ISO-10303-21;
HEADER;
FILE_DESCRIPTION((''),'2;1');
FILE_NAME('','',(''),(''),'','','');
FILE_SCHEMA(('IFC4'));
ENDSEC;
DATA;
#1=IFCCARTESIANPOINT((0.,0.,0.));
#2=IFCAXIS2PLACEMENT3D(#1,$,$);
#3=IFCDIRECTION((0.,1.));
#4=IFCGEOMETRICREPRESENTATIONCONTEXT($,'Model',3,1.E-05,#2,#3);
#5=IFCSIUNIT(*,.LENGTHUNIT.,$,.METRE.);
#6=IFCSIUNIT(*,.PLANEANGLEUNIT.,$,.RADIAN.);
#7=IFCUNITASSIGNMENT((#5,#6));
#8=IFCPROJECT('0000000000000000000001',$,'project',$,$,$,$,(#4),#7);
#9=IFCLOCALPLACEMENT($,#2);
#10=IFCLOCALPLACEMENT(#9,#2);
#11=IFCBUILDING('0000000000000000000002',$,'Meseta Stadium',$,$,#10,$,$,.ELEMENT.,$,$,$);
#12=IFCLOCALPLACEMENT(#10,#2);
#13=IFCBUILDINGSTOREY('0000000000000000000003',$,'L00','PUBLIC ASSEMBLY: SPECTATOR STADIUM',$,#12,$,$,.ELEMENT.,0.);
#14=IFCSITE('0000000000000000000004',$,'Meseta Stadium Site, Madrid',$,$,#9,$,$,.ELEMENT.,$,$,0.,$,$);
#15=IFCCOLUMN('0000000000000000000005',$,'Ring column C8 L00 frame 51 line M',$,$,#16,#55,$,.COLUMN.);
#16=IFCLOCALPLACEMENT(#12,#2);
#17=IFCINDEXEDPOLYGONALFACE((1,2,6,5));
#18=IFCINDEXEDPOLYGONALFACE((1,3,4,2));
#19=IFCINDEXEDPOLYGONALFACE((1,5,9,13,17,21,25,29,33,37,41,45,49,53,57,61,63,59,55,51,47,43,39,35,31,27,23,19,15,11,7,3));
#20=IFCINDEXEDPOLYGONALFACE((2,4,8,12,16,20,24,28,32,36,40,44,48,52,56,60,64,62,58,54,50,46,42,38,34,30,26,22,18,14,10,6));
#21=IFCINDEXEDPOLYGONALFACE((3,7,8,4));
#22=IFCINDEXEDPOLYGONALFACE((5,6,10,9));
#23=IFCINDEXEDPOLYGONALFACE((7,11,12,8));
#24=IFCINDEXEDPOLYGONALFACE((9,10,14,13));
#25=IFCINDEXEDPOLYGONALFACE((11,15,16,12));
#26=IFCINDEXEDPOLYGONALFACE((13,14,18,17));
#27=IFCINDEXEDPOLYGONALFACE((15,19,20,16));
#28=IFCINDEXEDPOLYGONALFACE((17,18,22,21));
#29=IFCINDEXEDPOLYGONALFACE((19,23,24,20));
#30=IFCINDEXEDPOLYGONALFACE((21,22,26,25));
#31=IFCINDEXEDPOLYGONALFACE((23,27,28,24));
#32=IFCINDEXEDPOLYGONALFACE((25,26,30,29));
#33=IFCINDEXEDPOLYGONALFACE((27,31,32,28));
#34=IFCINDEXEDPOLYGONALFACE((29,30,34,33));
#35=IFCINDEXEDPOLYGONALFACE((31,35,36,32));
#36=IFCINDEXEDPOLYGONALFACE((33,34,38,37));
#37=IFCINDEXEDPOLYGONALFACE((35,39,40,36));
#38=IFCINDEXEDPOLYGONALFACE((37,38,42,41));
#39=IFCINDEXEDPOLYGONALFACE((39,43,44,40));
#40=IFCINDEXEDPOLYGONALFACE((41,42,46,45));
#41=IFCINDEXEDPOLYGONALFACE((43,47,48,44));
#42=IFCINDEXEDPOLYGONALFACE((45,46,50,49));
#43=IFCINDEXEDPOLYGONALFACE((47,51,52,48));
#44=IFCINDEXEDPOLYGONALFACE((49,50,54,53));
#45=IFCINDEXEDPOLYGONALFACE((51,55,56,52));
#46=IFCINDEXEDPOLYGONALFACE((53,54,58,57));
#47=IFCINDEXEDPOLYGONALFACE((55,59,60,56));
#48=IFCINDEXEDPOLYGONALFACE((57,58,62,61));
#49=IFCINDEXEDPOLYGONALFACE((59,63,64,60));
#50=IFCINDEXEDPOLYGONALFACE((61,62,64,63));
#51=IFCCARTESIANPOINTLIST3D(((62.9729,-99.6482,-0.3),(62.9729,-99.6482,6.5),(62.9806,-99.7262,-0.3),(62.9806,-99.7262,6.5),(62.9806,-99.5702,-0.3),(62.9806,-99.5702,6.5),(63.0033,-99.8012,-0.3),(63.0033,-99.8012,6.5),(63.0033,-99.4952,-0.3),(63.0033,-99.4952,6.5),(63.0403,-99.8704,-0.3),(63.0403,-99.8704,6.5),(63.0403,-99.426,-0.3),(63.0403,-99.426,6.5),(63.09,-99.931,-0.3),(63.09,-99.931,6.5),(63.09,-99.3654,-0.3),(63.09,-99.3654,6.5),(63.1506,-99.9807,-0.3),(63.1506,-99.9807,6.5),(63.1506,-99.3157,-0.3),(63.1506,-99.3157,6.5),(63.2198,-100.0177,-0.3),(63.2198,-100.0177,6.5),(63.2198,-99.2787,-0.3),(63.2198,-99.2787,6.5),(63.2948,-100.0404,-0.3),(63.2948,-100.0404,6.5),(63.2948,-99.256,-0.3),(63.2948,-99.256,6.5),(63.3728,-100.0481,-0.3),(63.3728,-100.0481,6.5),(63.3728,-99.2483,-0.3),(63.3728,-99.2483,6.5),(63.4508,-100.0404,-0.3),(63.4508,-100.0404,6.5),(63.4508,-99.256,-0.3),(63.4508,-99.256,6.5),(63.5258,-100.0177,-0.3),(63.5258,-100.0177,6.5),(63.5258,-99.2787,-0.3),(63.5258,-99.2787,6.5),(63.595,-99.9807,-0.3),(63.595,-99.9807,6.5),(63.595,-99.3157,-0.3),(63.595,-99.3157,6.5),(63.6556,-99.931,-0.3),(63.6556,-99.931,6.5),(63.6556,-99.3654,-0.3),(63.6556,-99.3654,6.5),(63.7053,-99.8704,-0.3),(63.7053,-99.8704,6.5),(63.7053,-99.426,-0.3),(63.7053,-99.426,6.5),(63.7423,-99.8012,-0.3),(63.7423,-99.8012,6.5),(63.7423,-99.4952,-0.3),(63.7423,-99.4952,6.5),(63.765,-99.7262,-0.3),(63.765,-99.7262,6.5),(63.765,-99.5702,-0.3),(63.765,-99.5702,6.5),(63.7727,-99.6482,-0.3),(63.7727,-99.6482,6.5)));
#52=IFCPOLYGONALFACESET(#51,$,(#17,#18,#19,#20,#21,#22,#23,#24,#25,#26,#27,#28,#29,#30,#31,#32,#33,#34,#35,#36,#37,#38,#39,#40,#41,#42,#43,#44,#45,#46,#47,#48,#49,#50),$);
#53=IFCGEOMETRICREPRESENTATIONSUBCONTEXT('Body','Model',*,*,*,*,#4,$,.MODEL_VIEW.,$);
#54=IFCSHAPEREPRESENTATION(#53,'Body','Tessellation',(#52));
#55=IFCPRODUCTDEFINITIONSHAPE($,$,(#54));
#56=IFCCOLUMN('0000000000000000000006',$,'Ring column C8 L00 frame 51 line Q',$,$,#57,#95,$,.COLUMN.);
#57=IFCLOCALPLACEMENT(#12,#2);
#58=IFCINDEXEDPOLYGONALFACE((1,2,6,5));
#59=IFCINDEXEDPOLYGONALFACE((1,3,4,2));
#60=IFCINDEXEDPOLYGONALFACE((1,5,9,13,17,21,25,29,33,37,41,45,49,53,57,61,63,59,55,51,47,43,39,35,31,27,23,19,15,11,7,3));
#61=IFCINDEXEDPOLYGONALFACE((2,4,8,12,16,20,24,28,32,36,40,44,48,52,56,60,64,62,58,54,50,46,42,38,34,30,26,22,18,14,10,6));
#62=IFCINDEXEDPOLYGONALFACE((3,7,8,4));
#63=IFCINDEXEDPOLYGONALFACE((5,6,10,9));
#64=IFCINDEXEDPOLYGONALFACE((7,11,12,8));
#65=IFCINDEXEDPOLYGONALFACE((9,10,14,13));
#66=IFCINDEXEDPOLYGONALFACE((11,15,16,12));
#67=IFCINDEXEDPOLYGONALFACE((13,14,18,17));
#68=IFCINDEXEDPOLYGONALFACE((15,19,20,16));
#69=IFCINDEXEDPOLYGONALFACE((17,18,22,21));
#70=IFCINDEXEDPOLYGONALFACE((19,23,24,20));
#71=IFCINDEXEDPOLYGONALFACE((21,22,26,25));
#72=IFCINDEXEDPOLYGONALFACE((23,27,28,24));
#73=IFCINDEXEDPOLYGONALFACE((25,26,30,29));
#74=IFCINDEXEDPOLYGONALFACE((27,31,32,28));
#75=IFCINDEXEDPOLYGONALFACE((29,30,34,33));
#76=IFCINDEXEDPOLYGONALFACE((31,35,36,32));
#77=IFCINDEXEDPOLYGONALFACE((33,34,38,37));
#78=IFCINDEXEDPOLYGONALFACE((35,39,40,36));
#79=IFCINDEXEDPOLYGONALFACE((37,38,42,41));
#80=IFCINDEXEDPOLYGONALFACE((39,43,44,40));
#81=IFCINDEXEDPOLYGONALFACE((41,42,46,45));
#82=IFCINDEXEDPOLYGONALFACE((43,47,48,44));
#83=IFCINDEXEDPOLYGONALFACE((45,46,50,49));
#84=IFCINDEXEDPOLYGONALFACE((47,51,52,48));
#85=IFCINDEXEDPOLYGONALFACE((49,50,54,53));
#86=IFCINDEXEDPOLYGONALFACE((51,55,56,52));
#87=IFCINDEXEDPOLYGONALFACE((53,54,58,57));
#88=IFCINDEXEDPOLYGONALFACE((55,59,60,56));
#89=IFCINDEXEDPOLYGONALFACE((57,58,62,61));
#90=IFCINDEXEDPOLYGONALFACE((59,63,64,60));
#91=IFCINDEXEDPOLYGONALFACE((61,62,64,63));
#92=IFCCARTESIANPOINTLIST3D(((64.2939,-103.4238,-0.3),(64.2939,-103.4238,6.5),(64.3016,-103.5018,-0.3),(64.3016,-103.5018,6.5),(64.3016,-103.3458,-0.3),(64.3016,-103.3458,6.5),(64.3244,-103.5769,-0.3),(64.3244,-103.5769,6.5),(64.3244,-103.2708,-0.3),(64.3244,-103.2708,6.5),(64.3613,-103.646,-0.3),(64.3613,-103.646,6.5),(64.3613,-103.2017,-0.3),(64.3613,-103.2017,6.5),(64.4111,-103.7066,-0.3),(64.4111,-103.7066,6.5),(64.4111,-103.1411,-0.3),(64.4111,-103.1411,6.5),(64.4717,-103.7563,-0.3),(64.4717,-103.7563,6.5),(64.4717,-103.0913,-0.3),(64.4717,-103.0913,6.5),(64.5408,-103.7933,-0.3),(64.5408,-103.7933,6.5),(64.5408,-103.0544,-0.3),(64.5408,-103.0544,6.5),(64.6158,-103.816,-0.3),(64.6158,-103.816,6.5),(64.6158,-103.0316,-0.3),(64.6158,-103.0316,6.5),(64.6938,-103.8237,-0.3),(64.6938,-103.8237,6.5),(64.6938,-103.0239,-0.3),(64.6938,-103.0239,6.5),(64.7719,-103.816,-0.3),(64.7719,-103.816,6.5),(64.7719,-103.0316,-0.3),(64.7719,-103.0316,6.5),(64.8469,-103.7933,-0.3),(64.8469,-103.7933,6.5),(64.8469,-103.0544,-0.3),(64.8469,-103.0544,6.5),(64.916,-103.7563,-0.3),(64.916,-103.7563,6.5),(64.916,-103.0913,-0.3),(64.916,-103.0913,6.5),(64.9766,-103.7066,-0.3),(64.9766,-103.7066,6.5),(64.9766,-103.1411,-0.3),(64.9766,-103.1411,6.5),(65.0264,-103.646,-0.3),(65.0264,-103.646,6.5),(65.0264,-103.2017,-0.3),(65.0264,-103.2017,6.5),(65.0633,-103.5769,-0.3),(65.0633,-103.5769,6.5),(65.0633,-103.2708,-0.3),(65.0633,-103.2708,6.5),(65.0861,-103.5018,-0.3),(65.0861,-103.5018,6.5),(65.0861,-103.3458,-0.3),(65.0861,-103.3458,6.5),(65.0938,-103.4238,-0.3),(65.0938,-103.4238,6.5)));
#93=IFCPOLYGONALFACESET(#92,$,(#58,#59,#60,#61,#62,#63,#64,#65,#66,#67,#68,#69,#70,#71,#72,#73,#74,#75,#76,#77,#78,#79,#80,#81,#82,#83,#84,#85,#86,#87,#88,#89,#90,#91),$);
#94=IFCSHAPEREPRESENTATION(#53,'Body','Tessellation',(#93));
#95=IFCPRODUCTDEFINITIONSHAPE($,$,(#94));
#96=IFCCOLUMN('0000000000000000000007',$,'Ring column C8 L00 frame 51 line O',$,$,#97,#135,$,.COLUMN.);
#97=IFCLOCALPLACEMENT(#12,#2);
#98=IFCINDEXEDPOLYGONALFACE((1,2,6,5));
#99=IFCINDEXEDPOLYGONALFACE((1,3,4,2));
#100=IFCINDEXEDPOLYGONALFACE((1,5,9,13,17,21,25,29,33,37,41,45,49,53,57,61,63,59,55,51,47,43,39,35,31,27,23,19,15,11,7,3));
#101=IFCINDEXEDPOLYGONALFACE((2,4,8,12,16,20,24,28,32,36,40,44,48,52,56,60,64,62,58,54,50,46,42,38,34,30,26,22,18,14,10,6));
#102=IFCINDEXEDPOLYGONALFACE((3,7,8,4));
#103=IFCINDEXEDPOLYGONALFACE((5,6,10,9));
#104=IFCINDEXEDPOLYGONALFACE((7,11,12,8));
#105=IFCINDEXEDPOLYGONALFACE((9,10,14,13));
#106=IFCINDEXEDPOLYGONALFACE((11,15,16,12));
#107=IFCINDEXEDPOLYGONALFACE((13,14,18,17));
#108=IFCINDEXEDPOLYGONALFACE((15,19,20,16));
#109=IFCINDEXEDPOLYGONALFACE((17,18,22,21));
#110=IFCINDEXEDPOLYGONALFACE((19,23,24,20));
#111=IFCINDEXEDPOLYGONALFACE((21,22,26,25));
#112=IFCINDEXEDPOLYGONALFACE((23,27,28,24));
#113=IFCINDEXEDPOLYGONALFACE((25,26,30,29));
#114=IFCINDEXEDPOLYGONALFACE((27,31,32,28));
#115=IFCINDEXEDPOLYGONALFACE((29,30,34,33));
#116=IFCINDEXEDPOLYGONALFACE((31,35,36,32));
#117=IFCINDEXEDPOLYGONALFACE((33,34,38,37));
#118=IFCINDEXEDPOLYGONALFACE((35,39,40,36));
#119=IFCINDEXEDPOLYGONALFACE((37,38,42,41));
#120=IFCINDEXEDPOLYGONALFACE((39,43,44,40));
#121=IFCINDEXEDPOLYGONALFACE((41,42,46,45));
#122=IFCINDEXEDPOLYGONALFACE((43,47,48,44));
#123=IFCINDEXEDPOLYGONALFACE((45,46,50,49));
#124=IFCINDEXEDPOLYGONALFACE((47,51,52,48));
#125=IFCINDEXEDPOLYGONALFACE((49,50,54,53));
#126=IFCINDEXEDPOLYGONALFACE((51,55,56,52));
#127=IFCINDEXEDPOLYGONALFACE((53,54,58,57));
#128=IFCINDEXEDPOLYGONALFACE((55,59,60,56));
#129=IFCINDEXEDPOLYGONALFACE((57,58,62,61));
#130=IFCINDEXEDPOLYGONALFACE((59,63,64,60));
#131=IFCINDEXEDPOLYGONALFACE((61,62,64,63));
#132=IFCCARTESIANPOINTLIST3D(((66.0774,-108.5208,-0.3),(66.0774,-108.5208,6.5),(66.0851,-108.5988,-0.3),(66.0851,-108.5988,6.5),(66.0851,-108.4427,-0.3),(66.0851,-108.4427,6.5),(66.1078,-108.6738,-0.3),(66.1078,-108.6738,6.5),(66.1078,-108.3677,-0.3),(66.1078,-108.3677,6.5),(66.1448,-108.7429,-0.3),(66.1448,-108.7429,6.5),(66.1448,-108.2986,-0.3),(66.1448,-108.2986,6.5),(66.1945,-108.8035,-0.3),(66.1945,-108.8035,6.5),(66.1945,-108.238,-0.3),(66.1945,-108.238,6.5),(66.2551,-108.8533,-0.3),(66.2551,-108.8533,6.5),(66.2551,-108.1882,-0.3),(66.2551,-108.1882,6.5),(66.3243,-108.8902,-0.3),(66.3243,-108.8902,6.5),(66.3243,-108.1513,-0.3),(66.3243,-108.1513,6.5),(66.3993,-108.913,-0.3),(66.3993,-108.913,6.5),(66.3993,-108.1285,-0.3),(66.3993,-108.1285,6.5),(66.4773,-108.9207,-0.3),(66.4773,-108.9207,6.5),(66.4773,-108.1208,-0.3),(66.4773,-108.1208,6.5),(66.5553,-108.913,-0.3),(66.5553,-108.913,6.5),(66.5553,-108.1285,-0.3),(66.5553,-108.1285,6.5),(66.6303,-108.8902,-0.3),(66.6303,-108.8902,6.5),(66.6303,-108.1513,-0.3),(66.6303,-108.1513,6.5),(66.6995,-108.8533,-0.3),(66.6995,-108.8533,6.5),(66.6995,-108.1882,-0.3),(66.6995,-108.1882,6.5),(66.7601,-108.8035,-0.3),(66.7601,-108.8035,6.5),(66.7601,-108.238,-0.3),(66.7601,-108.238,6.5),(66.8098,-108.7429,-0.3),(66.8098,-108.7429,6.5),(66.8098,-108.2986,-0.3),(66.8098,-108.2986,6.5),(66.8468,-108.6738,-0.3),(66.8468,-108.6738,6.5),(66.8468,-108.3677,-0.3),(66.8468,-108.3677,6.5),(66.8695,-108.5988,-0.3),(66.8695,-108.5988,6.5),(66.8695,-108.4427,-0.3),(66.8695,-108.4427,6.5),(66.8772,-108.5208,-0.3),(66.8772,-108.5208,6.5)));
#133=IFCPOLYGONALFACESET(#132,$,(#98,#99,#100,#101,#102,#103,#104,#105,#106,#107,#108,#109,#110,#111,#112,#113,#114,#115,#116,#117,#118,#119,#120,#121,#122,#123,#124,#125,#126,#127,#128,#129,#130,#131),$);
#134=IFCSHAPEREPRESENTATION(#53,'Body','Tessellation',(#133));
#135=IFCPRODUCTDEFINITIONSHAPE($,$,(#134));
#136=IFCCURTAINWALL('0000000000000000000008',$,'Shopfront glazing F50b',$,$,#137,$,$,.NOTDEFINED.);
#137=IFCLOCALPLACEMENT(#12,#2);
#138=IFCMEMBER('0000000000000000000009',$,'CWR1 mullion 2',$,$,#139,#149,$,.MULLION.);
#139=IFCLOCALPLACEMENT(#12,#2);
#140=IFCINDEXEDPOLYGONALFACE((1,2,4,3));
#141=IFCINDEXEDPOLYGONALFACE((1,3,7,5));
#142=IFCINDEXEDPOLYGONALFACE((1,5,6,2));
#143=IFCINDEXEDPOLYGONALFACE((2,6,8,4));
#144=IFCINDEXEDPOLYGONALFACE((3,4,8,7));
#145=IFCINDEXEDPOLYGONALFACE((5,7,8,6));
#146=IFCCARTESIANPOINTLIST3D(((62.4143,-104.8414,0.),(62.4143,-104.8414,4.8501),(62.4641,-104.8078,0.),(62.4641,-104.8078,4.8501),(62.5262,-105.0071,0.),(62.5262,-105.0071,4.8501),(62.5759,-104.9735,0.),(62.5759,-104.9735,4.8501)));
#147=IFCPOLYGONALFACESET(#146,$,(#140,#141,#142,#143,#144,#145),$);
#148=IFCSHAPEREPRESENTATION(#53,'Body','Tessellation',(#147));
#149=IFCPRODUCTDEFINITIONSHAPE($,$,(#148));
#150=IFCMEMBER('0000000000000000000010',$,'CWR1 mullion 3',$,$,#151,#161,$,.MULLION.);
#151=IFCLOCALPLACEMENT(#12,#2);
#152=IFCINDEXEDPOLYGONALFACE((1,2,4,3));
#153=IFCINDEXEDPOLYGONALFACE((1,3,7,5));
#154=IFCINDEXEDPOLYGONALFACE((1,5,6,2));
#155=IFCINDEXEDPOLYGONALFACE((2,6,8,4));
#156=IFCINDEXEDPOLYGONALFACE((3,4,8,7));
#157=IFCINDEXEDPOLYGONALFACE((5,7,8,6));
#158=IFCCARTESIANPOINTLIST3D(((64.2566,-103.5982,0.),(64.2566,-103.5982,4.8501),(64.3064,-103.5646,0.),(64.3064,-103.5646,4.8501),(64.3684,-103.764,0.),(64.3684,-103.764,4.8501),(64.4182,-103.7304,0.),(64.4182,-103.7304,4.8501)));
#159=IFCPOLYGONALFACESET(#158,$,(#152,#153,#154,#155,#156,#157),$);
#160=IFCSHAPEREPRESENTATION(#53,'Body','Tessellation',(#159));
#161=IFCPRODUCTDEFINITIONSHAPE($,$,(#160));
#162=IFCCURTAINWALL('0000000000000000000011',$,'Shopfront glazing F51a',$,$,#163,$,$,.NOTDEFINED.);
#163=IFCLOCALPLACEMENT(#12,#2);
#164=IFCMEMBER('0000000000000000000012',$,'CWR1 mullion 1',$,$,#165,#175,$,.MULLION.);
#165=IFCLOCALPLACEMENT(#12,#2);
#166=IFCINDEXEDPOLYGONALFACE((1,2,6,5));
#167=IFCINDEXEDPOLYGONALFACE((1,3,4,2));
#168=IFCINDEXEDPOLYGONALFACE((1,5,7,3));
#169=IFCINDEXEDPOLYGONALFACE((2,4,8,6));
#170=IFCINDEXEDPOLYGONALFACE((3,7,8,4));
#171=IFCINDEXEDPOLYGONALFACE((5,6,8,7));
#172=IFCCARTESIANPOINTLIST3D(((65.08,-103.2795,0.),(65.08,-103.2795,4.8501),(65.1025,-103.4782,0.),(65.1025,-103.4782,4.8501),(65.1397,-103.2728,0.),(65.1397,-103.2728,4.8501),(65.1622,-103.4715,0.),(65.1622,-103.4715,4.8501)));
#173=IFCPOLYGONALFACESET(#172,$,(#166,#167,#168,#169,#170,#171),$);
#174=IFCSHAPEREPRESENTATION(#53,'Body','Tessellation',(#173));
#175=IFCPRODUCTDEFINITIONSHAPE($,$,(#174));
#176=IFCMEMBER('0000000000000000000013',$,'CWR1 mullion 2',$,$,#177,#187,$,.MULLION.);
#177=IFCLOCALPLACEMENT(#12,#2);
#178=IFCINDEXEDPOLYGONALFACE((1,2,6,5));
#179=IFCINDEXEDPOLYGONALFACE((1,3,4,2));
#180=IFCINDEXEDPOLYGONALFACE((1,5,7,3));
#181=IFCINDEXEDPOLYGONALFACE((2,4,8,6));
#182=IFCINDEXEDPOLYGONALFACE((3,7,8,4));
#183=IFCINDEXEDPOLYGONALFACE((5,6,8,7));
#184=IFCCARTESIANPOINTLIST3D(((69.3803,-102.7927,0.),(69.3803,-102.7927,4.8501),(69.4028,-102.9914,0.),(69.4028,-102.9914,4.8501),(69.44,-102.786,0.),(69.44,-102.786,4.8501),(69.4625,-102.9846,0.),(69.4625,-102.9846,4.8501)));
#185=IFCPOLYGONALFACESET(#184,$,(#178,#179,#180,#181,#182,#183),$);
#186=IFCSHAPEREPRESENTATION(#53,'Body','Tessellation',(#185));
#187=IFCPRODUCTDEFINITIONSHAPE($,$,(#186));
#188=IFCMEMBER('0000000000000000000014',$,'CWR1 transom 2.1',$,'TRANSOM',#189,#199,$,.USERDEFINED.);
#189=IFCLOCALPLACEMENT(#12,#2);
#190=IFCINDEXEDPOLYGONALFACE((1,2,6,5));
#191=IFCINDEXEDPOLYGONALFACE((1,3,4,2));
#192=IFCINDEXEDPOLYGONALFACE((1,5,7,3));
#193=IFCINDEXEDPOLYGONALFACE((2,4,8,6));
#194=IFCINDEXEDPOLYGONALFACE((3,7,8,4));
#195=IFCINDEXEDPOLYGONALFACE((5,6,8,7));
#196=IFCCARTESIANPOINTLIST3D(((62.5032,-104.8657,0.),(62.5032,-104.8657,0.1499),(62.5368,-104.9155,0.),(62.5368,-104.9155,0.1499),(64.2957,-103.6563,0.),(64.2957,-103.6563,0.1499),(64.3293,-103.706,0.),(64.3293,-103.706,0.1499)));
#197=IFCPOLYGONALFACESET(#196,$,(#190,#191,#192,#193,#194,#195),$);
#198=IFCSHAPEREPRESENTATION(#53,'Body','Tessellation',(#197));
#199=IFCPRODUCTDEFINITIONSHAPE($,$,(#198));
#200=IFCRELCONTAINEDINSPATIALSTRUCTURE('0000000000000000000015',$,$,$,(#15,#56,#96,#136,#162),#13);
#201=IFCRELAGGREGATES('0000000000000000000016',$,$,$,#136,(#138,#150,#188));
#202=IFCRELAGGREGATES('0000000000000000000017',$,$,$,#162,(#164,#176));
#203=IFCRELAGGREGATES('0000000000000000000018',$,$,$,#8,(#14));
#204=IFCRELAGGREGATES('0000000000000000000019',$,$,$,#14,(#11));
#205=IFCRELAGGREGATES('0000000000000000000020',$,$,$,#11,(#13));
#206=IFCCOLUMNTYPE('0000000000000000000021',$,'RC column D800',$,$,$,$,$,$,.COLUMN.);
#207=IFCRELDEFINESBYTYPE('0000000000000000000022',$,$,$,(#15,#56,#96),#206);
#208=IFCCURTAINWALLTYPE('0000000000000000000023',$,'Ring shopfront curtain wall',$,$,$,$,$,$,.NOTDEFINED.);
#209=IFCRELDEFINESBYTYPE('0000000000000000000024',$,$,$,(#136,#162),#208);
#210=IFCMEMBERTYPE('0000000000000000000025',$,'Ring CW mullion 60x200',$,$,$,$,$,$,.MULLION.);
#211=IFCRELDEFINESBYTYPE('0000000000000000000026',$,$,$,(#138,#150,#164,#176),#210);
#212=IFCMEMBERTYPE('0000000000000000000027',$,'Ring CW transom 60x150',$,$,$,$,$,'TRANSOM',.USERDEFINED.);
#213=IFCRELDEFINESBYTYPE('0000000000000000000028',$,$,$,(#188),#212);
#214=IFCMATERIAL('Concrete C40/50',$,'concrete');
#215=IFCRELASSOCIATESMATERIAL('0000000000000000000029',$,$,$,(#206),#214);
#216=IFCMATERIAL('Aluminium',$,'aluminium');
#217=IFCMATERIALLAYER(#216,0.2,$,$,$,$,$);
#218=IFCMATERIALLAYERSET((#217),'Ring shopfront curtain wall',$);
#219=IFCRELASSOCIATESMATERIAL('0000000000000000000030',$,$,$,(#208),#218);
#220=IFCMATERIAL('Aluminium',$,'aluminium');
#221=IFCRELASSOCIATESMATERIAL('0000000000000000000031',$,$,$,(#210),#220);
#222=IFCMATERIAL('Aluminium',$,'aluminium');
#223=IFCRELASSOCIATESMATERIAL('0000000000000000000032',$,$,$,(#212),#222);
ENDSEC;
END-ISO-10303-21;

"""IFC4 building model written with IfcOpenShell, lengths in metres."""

from ifc_helpers import new_model, si_unit, direction, frame, origin, origin_2d, place, context, subcontext, project, spatial, rectangle, circle, extrude, material, layer, layer_set, material_profile, profile_set, type_object, element, aggregate, save


model = new_model("IFC4")

# Units and contexts
model_context = context("Model", 3, precision=1e-05, world=origin(), true_north=direction((0.0, 1.0)))
body_context = subcontext(model_context, "Body", "Model", "MODEL_VIEW")
ifc_project = project(units=[si_unit("LENGTHUNIT", "METRE"), si_unit("PLANEANGLEUNIT", "RADIAN")], contexts=[model_context])

# Site, building, storey
site_placement = place(None, origin())
site = spatial("IfcSite", under=ifc_project, at=site_placement, Name="Meseta Stadium Site, Madrid", CompositionType="ELEMENT", RefElevation=0.0)
building_placement = place(site_placement, origin())
building = spatial("IfcBuilding", under=site, at=building_placement, Name="Meseta Stadium", CompositionType="ELEMENT")
storey_placement = place(building_placement, origin())
storey = spatial("IfcBuildingStorey", under=building, at=storey_placement, Name="L00", Description="PUBLIC ASSEMBLY: SPECTATOR STADIUM", CompositionType="ELEMENT", Elevation=0.0)

# Columns
ifc_material_1 = material(Name="Concrete C40/50", Category="concrete")
ifc_material_profile_1 = material_profile(ifc_material_1, circle(Radius=0.3999, at=origin_2d()), Name="RC D800")
ifc_profile_set_1 = profile_set([ifc_material_profile_1], Name="Concrete C40/50")
column_type = type_object("IfcColumnType", Name="RC column D800", PredefinedType="COLUMN", material=ifc_profile_set_1)
for number, where, z_axis, x_axis, name in (
    (1, (63.3728, -99.6482, -0.3), (0.0, 0.0, 1.0), (1.0, 0.0, 0.0), "Ring column C8 L00 frame 51 line M"),
    (2, (64.6938, -103.4238, -0.3), (0.0, 0.0, 1.0), (1.0, 0.0, 0.0), "Ring column C8 L00 frame 51 line Q"),
    (3, (66.4773, -108.5208, -0.3), (0.0, 0.0, 1.0), (1.0, 0.0, 0.0), "Ring column C8 L00 frame 51 line O"),
):
    element("IfcColumn", number, at=place(storey_placement, frame(where, z_axis=z_axis, x_axis=x_axis)), inside=storey, type_object=column_type, Name=name, PredefinedType="COLUMN", context=body_context, shape_type="SweptSolid", body=[
        extrude(circle(Radius=0.3999, at=origin_2d()), origin(), (0.0, 0.0, 1.0), 6.8),
    ])

# Curtain walls, members
ifc_material_2 = material(Name="Aluminium", Category="aluminium")
ifc_layer_1 = layer(ifc_material_2, 0.2)
ifc_layer_set_1 = layer_set([ifc_layer_1], Name="Ring shopfront curtain wall")
curtain_wall_type = type_object("IfcCurtainWallType", Name="Ring shopfront curtain wall", PredefinedType="NOTDEFINED", material=ifc_layer_set_1)
curtain_wall_1_placement = place(storey_placement, origin())
curtain_wall_1 = element("IfcCurtainWall", 4, at=curtain_wall_1_placement, inside=storey, type_object=curtain_wall_type, Name="Shopfront glazing F50b", PredefinedType="NOTDEFINED")
ifc_material_3 = material(Name="Aluminium", Category="aluminium")
ifc_material_profile_2 = material_profile(ifc_material_3, rectangle(XDim=0.2, YDim=0.0601, at=origin_2d()), Name="CW 200x60")
ifc_profile_set_2 = profile_set([ifc_material_profile_2], Name="Aluminium")
member_type_1 = type_object("IfcMemberType", Name="Ring CW mullion 60x200", PredefinedType="MULLION", material=ifc_profile_set_2)
member_1_placement = place(storey_placement, frame((62.4951, -104.9075, 0.0), z_axis=(0.0, 0.0, 1.0), x_axis=(-0.559384, 0.828909, 0.0)))
member_1 = element("IfcMember", 5, at=member_1_placement, type_object=member_type_1, Name="CWR1 mullion 2", PredefinedType="MULLION", context=body_context, shape_type="SweptSolid", body=[
    extrude(rectangle(XDim=0.2, YDim=0.0601, at=origin_2d()), origin(), (0.0, 0.0, 1.0), 4.8501),
])
member_2_placement = place(storey_placement, frame((64.3374, -103.6643, 0.0), z_axis=(0.0, 0.0, 1.0), x_axis=(-0.559384, 0.828909, 0.0)))
member_2 = element("IfcMember", 6, at=member_2_placement, type_object=member_type_1, Name="CWR1 mullion 3", PredefinedType="MULLION", context=body_context, shape_type="SweptSolid", body=[
    extrude(rectangle(XDim=0.2, YDim=0.0601, at=origin_2d()), origin(), (0.0, 0.0, 1.0), 4.8501),
])
curtain_wall_2_placement = place(storey_placement, origin())
curtain_wall_2 = element("IfcCurtainWall", 7, at=curtain_wall_2_placement, inside=storey, type_object=curtain_wall_type, Name="Shopfront glazing F51a", PredefinedType="NOTDEFINED")
member_3_placement = place(storey_placement, frame((65.1211, -103.3755, 0.0), z_axis=(0.0, 0.0, 1.0), x_axis=(-0.112472, 0.993655, 0.0)))
member_3 = element("IfcMember", 8, at=member_3_placement, type_object=member_type_1, Name="CWR1 mullion 1", PredefinedType="MULLION", context=body_context, shape_type="SweptSolid", body=[
    extrude(rectangle(XDim=0.2, YDim=0.0601, at=origin_2d()), origin(), (0.0, 0.0, 1.0), 4.8501),
])
member_4_placement = place(storey_placement, frame((69.4214, -102.8887, 0.0), z_axis=(0.0, 0.0, 1.0), x_axis=(-0.112472, 0.993655, 0.0)))
member_4 = element("IfcMember", 9, at=member_4_placement, type_object=member_type_1, Name="CWR1 mullion 2", PredefinedType="MULLION", context=body_context, shape_type="SweptSolid", body=[
    extrude(rectangle(XDim=0.2, YDim=0.0601, at=origin_2d()), origin(), (0.0, 0.0, 1.0), 4.8501),
])

# Member
ifc_material_4 = material(Name="Aluminium", Category="aluminium")
ifc_material_profile_3 = material_profile(ifc_material_4, rectangle(XDim=0.0601, YDim=0.1499, at=origin_2d()), Name="CW 60x150")
ifc_profile_set_3 = profile_set([ifc_material_profile_3], Name="Aluminium")
member_type_2 = type_object("IfcMemberType", Name="Ring CW transom 60x150", ElementType="TRANSOM", PredefinedType="USERDEFINED", material=ifc_profile_set_3)
member_5_placement = place(storey_placement, frame((62.52, -104.8906, 0.075), z_axis=(0.828946, 0.559329, 0.0), x_axis=(-0.559329, 0.828946, 0.0)))
member_5 = element("IfcMember", 10, at=member_5_placement, type_object=member_type_2, Name="CWR1 transom 2.1", ObjectType="TRANSOM", PredefinedType="USERDEFINED", context=body_context, shape_type="SweptSolid", body=[
    extrude(rectangle(XDim=0.0601, YDim=0.1499, at=origin_2d()), origin(), (0.0, 0.0, 1.0), 2.1624),
])

aggregate(curtain_wall_1, [member_1, member_2, member_5])
aggregate(curtain_wall_2, [member_3, member_4])

save(model, "model.ifc")
